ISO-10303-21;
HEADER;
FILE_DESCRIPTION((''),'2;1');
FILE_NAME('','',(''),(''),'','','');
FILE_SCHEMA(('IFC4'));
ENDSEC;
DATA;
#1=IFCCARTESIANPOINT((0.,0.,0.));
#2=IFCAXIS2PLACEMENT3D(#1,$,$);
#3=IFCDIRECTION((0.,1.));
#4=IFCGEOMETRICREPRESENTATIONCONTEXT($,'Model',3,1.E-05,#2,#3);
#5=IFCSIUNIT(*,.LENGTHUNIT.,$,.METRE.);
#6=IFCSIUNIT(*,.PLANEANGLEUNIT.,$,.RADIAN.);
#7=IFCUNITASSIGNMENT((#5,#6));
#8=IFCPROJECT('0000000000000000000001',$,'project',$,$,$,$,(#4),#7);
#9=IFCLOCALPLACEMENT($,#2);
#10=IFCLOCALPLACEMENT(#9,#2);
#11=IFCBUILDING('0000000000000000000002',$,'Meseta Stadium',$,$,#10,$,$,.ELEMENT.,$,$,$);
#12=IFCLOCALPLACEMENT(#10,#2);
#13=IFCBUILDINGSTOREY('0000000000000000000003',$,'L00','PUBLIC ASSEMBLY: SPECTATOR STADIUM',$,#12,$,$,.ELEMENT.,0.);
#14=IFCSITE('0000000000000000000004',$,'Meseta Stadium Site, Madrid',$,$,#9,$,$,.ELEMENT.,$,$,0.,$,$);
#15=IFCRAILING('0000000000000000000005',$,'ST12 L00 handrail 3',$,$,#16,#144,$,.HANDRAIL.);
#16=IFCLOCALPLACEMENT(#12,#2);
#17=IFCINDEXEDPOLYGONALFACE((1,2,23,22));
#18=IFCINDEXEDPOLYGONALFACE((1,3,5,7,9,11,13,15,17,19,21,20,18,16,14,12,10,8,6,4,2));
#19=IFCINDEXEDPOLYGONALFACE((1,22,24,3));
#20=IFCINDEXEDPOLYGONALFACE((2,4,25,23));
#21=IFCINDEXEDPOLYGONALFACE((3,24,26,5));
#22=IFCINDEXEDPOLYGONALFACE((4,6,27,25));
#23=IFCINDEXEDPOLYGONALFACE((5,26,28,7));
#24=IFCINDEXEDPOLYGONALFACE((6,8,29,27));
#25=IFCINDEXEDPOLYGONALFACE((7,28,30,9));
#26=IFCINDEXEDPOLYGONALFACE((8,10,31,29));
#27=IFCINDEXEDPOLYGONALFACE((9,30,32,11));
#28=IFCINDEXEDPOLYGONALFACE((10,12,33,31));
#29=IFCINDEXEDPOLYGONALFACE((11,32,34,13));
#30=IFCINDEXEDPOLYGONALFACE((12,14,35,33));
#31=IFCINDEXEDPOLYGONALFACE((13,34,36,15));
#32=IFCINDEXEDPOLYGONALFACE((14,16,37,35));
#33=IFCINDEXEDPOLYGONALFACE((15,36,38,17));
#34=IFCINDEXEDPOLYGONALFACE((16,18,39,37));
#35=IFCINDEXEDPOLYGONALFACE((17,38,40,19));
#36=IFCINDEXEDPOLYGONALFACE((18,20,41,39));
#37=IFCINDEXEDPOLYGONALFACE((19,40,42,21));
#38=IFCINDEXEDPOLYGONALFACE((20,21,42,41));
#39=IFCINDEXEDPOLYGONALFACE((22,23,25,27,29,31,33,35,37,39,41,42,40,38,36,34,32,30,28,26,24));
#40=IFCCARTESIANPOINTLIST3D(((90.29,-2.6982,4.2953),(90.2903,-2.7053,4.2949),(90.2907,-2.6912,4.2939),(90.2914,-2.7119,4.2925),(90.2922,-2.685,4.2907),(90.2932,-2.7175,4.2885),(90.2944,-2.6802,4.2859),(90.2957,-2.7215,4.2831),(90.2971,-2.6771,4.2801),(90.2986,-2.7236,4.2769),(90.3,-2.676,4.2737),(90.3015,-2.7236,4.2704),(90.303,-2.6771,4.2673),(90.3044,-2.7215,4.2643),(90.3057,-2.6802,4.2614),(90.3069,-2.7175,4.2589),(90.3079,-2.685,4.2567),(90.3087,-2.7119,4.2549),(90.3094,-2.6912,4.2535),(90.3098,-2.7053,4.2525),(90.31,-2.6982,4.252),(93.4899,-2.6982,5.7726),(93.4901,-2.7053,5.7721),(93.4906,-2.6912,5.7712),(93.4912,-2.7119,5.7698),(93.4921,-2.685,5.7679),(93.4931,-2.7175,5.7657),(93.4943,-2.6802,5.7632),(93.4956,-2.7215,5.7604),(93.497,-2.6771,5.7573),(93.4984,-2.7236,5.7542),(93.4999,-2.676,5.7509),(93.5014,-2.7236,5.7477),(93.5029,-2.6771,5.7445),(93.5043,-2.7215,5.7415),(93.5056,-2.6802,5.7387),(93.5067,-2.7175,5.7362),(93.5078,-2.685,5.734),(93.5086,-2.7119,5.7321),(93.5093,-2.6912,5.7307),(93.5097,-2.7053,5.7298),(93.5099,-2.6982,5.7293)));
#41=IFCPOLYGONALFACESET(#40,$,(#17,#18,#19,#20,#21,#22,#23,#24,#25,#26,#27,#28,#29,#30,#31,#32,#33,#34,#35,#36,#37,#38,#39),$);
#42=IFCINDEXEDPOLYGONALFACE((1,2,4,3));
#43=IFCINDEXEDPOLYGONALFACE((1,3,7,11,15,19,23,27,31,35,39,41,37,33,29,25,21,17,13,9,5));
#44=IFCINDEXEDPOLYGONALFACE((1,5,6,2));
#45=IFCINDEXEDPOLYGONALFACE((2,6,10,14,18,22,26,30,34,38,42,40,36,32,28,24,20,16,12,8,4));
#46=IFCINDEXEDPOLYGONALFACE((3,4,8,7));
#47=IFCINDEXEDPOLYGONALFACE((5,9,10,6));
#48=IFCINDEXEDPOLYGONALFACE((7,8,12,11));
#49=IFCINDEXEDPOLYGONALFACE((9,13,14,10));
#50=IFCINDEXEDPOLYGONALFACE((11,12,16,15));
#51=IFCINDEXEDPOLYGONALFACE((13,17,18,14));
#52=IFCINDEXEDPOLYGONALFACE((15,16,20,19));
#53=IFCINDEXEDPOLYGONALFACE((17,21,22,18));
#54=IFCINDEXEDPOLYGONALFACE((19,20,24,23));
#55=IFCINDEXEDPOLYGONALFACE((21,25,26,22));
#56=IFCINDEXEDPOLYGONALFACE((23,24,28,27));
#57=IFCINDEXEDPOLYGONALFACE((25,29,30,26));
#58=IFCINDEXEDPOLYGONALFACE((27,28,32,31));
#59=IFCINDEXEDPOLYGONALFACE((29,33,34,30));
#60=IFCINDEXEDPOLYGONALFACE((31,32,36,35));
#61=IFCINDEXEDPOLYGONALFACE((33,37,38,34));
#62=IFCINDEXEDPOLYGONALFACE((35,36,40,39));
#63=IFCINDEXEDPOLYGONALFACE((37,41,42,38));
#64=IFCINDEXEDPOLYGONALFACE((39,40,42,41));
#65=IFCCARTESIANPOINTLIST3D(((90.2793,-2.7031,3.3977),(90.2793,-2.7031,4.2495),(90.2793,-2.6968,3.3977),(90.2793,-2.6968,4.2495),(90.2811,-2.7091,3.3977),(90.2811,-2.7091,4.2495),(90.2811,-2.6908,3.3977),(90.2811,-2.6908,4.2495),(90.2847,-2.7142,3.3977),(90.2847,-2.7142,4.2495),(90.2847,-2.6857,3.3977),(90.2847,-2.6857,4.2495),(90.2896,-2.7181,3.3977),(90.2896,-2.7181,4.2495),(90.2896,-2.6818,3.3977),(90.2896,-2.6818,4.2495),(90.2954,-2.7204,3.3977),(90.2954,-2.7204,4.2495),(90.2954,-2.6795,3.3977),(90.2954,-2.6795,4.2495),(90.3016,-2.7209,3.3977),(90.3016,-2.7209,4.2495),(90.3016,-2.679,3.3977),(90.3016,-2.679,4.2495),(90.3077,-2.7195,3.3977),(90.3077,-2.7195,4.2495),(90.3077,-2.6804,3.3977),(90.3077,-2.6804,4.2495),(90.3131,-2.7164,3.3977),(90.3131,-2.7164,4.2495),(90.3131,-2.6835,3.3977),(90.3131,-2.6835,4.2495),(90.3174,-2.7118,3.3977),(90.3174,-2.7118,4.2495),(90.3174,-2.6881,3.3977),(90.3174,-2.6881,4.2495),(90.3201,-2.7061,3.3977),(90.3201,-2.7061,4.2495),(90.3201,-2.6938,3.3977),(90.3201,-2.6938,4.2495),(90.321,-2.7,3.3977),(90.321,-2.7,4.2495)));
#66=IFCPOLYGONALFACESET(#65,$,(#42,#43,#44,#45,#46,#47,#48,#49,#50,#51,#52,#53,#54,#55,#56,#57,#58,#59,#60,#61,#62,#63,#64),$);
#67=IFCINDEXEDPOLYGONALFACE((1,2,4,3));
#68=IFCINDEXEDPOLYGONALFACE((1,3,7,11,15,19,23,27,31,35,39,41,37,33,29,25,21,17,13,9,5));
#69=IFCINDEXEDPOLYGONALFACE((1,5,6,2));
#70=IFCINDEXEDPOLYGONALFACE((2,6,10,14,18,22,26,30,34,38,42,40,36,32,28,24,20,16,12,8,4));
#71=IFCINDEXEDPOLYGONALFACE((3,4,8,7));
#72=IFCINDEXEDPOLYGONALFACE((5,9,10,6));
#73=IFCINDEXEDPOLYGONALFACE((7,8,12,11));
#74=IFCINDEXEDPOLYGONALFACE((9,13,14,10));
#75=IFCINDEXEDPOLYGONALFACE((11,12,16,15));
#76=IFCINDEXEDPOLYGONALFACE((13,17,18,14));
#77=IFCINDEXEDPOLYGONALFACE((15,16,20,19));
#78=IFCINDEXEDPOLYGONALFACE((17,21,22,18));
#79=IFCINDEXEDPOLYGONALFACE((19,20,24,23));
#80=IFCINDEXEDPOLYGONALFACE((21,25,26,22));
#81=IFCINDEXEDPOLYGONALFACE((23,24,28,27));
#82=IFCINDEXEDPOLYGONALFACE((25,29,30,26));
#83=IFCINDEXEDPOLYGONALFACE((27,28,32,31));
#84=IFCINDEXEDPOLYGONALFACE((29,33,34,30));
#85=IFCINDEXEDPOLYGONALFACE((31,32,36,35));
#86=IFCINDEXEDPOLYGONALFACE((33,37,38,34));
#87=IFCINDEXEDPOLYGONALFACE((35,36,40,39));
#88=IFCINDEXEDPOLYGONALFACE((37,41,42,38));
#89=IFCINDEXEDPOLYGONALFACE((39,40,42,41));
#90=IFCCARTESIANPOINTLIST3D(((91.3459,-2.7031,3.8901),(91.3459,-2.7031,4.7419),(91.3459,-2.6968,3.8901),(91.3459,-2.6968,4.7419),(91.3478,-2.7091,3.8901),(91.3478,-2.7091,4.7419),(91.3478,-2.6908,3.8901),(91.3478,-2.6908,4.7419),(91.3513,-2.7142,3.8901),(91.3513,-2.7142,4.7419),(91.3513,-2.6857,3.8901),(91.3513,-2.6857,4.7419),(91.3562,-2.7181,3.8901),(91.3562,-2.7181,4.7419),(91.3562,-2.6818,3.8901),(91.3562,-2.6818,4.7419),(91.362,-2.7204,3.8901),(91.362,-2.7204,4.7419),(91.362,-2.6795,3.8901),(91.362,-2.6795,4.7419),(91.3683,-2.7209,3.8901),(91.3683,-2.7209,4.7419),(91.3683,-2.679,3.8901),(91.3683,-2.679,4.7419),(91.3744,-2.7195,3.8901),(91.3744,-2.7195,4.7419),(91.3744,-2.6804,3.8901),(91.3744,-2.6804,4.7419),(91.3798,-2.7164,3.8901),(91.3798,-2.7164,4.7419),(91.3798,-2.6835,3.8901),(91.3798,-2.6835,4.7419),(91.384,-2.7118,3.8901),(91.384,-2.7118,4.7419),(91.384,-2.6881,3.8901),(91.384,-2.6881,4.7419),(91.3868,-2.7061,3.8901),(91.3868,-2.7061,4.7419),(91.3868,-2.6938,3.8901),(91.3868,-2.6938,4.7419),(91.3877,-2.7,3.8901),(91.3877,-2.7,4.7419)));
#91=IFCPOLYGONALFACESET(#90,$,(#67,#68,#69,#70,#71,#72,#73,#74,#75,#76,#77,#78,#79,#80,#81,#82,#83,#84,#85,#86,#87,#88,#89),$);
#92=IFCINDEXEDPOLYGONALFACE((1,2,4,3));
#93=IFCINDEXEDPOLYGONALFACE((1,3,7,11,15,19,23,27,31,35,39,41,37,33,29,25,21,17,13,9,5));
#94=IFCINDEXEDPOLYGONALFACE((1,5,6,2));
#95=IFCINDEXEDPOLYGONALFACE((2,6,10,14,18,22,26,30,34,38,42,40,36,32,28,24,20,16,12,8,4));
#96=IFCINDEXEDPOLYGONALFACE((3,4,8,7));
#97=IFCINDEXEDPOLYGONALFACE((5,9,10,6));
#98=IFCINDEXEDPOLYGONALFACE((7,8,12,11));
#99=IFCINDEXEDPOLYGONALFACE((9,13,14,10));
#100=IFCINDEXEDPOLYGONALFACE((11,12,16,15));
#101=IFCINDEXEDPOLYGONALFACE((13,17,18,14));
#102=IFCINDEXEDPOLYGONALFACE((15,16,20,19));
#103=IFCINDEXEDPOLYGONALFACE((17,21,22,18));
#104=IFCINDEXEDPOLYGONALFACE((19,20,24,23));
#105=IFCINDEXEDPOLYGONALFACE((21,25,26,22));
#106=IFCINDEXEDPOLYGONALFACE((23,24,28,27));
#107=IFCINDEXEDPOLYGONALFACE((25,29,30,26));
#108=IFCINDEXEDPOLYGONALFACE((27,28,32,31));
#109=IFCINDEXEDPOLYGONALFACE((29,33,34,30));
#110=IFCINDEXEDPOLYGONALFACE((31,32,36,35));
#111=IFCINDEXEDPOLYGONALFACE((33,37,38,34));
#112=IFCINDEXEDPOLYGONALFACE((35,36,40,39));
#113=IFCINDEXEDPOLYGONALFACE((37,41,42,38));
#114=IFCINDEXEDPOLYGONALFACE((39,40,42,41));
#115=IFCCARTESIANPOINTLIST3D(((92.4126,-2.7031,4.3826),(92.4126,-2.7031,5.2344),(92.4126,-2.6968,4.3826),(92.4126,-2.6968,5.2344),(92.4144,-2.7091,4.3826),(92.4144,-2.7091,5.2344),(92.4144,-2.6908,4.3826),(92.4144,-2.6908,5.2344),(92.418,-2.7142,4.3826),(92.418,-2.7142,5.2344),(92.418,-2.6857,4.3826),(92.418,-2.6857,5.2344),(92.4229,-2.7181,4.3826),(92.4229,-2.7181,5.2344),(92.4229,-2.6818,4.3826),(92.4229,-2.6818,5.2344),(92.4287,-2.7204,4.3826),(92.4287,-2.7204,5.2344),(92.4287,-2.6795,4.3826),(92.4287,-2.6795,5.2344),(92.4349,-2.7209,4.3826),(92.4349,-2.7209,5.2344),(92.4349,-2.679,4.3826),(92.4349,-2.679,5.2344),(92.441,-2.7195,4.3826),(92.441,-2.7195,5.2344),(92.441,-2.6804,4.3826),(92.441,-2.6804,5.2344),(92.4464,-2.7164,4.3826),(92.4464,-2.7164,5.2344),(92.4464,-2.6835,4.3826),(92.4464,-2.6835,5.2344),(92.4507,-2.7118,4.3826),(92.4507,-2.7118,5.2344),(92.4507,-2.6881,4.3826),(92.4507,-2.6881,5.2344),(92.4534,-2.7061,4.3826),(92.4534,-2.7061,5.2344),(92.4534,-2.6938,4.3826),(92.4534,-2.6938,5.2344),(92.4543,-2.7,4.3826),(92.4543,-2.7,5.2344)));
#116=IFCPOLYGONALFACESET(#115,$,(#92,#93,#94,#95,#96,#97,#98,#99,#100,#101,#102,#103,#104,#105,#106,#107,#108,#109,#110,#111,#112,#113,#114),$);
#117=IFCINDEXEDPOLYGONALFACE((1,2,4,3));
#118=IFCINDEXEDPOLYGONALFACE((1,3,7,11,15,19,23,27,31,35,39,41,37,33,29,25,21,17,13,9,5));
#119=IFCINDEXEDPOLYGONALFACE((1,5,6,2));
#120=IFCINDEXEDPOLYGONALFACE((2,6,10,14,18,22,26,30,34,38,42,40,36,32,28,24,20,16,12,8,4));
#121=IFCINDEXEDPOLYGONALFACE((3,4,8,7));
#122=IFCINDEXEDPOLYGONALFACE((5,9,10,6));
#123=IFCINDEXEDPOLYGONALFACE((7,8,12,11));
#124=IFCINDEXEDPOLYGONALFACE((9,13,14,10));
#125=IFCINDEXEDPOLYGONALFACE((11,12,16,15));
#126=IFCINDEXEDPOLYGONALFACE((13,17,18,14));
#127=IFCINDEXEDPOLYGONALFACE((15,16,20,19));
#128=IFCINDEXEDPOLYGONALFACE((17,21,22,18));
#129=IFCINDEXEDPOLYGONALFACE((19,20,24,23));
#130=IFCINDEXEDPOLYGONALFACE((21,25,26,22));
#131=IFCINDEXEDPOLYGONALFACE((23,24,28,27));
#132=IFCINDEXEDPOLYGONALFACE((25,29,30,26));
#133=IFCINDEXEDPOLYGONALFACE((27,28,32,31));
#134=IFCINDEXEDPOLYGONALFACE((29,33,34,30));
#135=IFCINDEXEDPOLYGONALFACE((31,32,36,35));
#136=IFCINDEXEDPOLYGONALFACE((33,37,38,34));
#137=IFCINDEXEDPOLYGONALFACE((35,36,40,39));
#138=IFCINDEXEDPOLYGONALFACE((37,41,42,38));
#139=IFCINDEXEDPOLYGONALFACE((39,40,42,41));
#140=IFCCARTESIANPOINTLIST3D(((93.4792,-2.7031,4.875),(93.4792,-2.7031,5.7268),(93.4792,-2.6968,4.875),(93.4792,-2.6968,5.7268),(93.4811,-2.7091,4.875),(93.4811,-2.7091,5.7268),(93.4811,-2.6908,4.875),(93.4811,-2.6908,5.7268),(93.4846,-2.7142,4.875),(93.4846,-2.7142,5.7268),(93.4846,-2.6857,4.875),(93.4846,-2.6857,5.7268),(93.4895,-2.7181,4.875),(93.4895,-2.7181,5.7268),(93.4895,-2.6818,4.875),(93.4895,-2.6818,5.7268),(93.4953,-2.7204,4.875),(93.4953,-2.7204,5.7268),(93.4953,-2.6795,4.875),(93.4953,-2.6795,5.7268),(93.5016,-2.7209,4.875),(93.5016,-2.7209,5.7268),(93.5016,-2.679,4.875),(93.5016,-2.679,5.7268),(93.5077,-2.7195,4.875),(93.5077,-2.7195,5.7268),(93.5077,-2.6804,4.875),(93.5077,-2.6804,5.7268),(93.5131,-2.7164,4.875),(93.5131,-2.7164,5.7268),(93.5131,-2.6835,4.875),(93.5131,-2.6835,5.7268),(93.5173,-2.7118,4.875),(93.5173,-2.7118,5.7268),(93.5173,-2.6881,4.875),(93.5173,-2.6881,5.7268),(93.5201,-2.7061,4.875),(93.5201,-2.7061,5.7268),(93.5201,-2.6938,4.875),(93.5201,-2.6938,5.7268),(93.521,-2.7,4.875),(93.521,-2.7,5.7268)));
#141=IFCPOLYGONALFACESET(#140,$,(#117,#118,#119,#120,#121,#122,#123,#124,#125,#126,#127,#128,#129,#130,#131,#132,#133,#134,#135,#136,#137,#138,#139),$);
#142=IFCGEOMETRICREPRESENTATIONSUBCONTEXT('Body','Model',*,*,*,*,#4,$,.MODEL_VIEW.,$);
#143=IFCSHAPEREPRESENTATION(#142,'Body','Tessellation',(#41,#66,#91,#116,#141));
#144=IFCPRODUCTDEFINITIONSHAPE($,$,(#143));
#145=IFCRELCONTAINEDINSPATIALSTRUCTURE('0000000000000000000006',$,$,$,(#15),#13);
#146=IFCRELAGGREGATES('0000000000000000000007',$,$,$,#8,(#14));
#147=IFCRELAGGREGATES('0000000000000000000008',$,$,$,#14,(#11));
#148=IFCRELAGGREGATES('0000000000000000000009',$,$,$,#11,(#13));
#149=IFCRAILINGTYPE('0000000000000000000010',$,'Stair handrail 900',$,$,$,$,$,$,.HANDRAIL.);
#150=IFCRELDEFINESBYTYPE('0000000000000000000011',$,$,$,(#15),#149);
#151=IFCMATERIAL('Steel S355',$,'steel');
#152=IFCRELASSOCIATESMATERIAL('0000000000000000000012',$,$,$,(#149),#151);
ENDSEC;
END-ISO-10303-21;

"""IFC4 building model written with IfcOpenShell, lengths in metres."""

from ifc_helpers import new_model, si_unit, direction, frame, origin, origin_2d, place, context, subcontext, project, spatial, circle, extrude, material, type_object, element, save


model = new_model("IFC4")

# Units and contexts
model_context = context("Model", 3, precision=1e-05, world=origin(), true_north=direction((0.0, 1.0)))
body_context = subcontext(model_context, "Body", "Model", "MODEL_VIEW")
ifc_project = project(units=[si_unit("LENGTHUNIT", "METRE"), si_unit("PLANEANGLEUNIT", "RADIAN")], contexts=[model_context])

# Site, building, storey
site_placement = place(None, origin())
site = spatial("IfcSite", under=ifc_project, at=site_placement, Name="Meseta Stadium Site, Madrid", CompositionType="ELEMENT", RefElevation=0.0)
building_placement = place(site_placement, origin())
building = spatial("IfcBuilding", under=site, at=building_placement, Name="Meseta Stadium", CompositionType="ELEMENT")
storey_placement = place(building_placement, origin())
storey = spatial("IfcBuildingStorey", under=building, at=storey_placement, Name="L00", Description="PUBLIC ASSEMBLY: SPECTATOR STADIUM", CompositionType="ELEMENT", Elevation=0.0)

# Railing
ifc_material_1 = material(Name="Steel S355", Category="steel")
railing_type_1 = type_object("IfcRailingType", Name="Stair handrail 900", PredefinedType="HANDRAIL", material=ifc_material_1)
for number, where, name in (
    (1, (90.3, -2.7, 3.3977), "ST12 L00 handrail 3"),
):
    element("IfcRailing", number, at=place(storey_placement, frame(where)), inside=storey, type_object=railing_type_1, Name=name, PredefinedType="HANDRAIL", context=body_context, shape_type="SweptSolid", body=[
        extrude(circle(Radius=0.0239, at=origin_2d()), frame((0.0, 0.0, 0.876), z_axis=(0.907917, 0.0, 0.41915), x_axis=(0.0, 1.0, 0.0)), (0.0, 0.0, 1.0), 3.5244),
        extrude(circle(Radius=0.021, at=origin_2d()), origin(), (0.0, 0.0, 1.0), 0.8518),
        extrude(circle(Radius=0.021, at=origin_2d()), frame((1.0667, 0.0, 0.4924)), (0.0, 0.0, 1.0), 0.8518),
        extrude(circle(Radius=0.021, at=origin_2d()), frame((2.1333, 0.0, 0.9849)), (0.0, 0.0, 1.0), 0.8518),
        extrude(circle(Radius=0.021, at=origin_2d()), frame((3.2, 0.0, 1.4773)), (0.0, 0.0, 1.0), 0.8518),
    ])

save(model, "model.ifc")
